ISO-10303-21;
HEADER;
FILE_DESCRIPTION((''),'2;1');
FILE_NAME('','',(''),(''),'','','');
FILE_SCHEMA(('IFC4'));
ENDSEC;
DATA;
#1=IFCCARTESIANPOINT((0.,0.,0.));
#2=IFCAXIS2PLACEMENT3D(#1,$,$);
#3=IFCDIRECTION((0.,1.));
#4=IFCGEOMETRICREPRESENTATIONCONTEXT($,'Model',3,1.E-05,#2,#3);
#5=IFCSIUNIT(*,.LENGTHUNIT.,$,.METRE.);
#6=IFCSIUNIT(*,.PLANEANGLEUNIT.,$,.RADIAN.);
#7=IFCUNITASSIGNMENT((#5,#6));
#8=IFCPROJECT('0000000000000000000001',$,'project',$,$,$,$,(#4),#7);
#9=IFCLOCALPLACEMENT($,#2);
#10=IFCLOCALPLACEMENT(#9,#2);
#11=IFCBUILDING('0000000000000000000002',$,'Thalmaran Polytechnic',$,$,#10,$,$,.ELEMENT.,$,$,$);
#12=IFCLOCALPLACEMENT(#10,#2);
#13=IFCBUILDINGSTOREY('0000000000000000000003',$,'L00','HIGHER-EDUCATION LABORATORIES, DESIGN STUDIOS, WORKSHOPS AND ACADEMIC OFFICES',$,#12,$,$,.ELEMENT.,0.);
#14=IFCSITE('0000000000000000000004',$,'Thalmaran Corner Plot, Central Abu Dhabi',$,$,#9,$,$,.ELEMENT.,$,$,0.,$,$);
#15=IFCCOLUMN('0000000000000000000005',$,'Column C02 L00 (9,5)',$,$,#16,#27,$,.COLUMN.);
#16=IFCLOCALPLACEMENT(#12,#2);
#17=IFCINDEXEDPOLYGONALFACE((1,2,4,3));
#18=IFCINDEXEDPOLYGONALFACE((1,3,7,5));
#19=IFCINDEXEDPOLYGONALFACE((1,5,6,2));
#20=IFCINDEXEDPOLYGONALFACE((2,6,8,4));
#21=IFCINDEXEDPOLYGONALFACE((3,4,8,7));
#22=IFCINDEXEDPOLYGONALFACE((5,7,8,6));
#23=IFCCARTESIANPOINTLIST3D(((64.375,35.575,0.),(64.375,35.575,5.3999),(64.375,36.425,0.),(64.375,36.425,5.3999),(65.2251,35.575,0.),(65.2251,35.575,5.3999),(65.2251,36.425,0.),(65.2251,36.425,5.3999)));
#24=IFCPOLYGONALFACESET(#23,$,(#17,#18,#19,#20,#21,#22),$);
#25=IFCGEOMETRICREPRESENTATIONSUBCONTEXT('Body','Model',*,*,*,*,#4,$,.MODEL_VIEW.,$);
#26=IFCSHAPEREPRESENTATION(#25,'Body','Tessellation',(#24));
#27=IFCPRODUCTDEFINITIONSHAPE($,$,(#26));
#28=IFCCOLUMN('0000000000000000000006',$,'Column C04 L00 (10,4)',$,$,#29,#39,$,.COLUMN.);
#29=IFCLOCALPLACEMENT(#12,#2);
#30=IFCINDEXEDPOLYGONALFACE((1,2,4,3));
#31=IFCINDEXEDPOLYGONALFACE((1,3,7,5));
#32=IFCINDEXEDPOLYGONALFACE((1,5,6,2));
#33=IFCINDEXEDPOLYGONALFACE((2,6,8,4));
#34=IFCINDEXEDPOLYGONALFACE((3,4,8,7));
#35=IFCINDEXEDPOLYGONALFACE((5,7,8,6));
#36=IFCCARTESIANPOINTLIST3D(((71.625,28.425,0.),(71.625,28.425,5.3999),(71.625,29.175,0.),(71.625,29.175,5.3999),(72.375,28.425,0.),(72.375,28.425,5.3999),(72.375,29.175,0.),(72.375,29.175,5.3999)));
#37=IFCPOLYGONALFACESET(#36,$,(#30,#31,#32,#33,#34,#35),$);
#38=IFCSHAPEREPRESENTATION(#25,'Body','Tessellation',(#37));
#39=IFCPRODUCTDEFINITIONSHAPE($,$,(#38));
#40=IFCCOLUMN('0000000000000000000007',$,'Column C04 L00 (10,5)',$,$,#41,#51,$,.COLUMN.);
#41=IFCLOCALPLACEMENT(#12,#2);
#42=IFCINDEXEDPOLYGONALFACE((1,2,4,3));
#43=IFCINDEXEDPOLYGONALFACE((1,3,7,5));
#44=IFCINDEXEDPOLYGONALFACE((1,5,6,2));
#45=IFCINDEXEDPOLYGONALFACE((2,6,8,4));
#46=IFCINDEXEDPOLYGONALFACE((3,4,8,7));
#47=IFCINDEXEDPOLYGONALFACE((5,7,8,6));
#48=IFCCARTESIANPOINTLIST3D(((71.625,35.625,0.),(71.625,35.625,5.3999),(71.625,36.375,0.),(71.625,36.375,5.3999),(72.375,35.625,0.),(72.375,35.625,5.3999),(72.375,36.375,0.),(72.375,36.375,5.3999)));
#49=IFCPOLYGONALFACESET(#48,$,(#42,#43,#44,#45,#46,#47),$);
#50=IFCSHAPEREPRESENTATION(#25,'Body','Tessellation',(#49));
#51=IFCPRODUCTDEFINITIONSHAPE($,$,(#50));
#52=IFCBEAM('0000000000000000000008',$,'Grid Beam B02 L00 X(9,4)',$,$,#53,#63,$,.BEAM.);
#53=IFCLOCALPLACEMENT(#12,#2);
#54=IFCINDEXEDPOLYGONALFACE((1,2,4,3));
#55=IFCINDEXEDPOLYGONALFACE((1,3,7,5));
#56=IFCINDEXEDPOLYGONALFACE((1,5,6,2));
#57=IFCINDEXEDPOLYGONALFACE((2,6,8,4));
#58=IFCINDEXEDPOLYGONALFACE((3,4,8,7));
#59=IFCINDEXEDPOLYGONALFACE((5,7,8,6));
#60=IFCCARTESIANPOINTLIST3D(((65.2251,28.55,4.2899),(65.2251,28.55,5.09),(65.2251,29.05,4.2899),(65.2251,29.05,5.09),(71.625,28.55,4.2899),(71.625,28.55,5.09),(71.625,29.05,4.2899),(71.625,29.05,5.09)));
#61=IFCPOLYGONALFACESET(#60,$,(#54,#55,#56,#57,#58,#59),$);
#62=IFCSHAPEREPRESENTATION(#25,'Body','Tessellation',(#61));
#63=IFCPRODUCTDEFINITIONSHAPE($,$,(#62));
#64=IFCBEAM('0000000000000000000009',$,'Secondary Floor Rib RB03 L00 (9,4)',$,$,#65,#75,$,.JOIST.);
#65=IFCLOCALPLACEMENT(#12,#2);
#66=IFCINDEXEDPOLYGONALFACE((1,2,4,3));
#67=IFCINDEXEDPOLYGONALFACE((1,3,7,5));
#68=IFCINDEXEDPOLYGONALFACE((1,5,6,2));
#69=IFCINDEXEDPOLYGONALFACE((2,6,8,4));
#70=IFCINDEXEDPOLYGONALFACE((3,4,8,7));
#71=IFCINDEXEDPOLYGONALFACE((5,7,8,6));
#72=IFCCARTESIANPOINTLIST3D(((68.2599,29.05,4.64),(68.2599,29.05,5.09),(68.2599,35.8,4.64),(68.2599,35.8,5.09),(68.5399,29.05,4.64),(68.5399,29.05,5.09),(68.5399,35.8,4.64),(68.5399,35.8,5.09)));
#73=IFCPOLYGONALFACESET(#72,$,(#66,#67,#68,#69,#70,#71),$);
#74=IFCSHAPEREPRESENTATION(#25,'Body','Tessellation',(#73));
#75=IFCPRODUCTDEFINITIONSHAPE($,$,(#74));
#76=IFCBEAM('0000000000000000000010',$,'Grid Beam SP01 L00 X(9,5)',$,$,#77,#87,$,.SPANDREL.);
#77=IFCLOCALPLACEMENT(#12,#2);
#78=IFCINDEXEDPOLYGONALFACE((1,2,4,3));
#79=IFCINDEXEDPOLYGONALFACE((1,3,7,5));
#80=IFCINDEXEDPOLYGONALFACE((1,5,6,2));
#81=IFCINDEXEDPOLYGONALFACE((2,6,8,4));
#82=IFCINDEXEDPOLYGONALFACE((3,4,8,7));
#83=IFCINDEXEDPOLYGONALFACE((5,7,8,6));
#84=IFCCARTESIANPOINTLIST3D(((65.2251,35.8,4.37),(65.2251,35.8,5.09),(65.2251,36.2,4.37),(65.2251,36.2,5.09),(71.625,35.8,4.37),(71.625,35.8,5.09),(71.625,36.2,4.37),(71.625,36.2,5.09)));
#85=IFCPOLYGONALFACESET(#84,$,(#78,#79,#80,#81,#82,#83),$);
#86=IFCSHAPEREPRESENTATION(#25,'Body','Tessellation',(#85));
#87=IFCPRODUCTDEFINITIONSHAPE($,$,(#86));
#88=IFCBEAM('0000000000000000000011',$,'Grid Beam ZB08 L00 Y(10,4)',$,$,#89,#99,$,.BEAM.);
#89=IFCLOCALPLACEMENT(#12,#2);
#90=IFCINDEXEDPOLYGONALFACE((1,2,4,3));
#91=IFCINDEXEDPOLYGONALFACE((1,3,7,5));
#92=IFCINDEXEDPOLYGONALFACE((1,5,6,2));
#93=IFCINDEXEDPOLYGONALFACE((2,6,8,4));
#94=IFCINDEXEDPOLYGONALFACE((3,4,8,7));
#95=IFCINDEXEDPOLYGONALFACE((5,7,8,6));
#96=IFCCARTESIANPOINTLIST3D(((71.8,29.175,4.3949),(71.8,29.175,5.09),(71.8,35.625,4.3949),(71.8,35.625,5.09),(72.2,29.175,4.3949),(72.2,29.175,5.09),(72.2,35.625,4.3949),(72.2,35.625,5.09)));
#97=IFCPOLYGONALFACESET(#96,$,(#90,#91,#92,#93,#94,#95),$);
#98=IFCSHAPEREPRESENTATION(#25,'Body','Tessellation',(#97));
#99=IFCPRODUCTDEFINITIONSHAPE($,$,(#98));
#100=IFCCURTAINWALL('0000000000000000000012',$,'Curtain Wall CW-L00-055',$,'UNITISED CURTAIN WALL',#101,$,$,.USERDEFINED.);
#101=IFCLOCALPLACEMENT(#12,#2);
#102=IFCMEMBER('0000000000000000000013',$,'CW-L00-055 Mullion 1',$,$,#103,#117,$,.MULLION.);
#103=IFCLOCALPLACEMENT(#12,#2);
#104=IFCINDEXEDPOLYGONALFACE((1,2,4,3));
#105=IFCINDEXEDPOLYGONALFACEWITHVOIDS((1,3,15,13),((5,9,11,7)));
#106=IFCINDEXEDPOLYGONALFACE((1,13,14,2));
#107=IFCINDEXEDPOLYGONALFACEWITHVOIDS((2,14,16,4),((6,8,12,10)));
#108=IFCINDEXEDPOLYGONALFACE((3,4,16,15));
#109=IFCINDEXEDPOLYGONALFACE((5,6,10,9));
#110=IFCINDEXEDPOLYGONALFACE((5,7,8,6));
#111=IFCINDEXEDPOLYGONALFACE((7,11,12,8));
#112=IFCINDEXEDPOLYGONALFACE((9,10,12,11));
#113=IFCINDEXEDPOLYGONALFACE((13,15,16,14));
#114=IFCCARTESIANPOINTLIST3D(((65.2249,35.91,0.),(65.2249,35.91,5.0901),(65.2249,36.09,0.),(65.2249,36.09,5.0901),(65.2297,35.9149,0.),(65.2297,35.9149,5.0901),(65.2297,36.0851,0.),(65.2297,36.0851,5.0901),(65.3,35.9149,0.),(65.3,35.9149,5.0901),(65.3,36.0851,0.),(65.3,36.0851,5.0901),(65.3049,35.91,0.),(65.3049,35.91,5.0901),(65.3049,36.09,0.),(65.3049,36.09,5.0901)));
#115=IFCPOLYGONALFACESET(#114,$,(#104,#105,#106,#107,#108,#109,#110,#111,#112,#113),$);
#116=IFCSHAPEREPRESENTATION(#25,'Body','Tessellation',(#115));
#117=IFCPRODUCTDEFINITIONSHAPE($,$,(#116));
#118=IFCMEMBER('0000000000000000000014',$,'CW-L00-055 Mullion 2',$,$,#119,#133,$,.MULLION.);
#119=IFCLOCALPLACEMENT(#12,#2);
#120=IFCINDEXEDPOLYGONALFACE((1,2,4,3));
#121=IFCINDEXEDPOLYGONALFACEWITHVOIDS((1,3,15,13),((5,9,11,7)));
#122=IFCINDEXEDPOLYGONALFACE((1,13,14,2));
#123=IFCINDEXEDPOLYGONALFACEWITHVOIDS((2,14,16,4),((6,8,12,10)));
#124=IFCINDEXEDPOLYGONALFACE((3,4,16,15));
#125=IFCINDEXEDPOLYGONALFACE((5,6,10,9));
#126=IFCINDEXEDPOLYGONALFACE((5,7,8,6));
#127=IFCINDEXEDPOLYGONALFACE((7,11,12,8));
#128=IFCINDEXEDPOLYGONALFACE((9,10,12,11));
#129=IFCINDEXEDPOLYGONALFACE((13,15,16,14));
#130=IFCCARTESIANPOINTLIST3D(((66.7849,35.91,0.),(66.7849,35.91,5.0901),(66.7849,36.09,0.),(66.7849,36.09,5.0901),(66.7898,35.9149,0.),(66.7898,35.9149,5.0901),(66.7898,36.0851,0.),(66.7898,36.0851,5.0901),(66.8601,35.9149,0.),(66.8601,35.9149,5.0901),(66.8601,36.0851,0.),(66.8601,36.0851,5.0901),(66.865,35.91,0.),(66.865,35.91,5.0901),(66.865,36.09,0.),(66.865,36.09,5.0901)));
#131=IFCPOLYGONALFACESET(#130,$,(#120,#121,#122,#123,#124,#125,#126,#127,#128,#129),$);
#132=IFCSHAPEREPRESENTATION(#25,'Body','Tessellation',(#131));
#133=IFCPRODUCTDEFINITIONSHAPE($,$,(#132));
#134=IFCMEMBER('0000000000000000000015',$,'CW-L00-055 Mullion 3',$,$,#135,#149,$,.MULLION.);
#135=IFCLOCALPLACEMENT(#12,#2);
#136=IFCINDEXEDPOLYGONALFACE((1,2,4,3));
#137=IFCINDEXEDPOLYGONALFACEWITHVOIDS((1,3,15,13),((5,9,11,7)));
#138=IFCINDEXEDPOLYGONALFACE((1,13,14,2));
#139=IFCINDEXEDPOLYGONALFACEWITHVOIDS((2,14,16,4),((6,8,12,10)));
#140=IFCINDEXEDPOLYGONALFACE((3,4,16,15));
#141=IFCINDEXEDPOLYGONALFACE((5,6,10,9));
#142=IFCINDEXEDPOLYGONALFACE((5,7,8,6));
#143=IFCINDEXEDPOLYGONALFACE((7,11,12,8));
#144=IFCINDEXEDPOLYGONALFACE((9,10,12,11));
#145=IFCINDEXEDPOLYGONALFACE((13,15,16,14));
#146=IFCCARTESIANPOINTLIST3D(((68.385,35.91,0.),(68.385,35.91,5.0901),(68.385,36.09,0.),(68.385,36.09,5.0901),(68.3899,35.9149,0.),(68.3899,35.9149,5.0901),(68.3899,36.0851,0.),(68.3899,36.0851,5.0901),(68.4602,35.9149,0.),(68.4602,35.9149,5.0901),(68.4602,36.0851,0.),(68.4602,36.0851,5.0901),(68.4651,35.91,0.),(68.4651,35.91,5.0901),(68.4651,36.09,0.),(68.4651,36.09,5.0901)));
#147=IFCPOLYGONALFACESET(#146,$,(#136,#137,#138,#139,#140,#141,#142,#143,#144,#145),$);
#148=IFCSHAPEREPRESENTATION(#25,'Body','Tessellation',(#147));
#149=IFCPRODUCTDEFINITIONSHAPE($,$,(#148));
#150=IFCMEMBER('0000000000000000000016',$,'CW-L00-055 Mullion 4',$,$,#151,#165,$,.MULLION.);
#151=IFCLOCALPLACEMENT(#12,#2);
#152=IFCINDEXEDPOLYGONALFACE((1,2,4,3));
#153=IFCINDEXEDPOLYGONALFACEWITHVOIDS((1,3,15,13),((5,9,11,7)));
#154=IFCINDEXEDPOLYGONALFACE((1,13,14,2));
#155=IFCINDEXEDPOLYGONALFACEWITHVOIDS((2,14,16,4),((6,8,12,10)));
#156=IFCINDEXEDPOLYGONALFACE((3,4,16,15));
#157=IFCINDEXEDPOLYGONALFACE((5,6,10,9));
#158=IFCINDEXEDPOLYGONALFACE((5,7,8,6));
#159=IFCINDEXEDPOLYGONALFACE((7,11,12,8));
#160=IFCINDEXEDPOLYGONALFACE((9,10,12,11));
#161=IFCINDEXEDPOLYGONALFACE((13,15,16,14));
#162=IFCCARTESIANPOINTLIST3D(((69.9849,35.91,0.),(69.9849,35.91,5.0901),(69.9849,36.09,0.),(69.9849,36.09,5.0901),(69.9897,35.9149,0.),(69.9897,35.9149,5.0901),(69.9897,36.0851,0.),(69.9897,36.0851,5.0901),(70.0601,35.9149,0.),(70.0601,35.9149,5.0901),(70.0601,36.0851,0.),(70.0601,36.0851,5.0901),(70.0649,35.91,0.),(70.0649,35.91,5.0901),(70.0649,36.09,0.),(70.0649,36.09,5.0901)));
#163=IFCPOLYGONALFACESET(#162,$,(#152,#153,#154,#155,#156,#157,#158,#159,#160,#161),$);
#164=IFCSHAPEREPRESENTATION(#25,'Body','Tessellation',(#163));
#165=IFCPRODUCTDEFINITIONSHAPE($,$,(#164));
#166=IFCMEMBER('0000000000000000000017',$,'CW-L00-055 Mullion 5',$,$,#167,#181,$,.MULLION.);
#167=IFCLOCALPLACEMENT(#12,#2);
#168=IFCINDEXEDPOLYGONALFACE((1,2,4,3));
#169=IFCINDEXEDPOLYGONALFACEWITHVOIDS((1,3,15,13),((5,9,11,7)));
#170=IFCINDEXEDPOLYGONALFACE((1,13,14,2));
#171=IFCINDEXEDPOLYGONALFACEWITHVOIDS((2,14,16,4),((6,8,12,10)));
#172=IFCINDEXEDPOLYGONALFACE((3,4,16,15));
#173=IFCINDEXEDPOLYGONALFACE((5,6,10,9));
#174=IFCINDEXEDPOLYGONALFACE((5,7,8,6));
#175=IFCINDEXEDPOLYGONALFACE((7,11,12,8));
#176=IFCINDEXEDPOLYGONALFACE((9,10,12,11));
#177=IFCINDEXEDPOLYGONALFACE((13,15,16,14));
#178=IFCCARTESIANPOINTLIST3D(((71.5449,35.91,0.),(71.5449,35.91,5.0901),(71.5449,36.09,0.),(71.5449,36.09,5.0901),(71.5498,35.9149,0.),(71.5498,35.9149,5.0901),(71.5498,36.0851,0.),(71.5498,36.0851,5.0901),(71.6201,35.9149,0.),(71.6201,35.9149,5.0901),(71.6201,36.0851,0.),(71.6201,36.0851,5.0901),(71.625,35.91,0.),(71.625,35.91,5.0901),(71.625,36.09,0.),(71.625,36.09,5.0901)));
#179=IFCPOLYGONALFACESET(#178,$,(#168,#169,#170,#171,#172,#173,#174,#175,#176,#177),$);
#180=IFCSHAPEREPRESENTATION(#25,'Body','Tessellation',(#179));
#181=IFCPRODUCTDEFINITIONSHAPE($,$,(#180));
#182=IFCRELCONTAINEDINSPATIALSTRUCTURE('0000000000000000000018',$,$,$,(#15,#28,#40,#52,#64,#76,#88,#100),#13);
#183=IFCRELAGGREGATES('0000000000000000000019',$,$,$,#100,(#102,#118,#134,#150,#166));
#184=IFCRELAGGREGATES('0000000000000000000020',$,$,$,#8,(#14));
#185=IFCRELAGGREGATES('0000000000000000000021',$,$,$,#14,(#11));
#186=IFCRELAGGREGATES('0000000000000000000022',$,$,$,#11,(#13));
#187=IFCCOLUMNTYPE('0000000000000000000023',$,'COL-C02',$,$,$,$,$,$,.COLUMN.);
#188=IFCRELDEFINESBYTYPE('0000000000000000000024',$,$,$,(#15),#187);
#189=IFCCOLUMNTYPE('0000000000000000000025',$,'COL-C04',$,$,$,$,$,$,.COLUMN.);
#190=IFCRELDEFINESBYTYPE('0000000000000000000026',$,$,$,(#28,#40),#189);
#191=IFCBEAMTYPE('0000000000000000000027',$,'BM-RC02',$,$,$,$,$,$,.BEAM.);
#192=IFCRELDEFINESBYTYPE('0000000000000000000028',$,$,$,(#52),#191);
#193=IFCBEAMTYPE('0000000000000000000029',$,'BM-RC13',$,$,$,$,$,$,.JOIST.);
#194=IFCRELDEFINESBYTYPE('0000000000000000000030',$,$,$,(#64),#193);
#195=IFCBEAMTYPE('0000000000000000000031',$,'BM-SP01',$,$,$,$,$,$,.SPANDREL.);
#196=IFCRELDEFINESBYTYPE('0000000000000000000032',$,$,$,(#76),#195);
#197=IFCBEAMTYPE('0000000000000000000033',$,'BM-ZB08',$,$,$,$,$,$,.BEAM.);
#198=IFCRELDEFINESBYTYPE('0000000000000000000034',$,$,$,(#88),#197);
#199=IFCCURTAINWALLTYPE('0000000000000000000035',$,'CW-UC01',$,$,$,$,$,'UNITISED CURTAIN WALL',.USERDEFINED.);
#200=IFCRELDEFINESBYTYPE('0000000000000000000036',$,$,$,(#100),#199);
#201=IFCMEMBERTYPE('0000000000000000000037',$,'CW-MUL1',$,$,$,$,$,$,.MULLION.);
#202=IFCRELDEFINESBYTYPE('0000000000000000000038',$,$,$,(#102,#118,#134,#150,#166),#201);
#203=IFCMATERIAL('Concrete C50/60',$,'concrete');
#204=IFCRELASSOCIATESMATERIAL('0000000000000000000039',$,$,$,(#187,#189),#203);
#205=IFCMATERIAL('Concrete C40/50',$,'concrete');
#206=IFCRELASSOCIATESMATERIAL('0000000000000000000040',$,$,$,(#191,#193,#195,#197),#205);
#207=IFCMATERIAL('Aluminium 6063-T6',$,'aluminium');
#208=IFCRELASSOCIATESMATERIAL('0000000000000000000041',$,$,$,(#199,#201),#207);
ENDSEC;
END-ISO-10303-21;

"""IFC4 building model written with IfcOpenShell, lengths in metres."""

from ifc_helpers import new_model, si_unit, direction, frame, origin, origin_2d, place, context, subcontext, project, spatial, rectangle, hollow_rectangle, extrude, material, material_profile, profile_set, type_object, element, aggregate, save


model = new_model("IFC4")

# Units and contexts
model_context = context("Model", 3, precision=1e-05, world=origin(), true_north=direction((0.0, 1.0)))
body_context = subcontext(model_context, "Body", "Model", "MODEL_VIEW")
ifc_project = project(units=[si_unit("LENGTHUNIT", "METRE"), si_unit("PLANEANGLEUNIT", "RADIAN")], contexts=[model_context])

# Site, building, storey
site_placement = place(None, origin())
site = spatial("IfcSite", under=ifc_project, at=site_placement, Name="Thalmaran Corner Plot, Central Abu Dhabi", CompositionType="ELEMENT", RefElevation=0.0)
building_placement = place(site_placement, origin())
building = spatial("IfcBuilding", under=site, at=building_placement, Name="Thalmaran Polytechnic", CompositionType="ELEMENT")
storey_placement = place(building_placement, origin())
storey = spatial("IfcBuildingStorey", under=building, at=storey_placement, Name="L00", Description="HIGHER-EDUCATION LABORATORIES, DESIGN STUDIOS, WORKSHOPS AND ACADEMIC OFFICES", CompositionType="ELEMENT", Elevation=0.0)

# Columns
ifc_material_1 = material(Name="Concrete C50/60", Category="concrete")
ifc_material_profile_1 = material_profile(ifc_material_1, rectangle(XDim=0.8501, YDim=0.8501, at=origin_2d()), Name="RC 850x850")
ifc_profile_set_1 = profile_set([ifc_material_profile_1], Name="Concrete C50/60")
column_type_1 = type_object("IfcColumnType", Name="COL-C02", PredefinedType="COLUMN", material=ifc_profile_set_1)
column_placement = place(storey_placement, frame((64.8, 36.0, 0.0), z_axis=(0.0, 0.0, 1.0), x_axis=(1.0, 0.0, 0.0)))
element("IfcColumn", 1, at=column_placement, inside=storey, type_object=column_type_1, Name="Column C02 L00 (9,5)", PredefinedType="COLUMN", context=body_context, shape_type="SweptSolid", body=[
    extrude(rectangle(XDim=0.8501, YDim=0.8501, at=origin_2d()), origin(), (0.0, 0.0, 1.0), 5.3999),
])
ifc_material_profile_2 = material_profile(ifc_material_1, rectangle(XDim=0.75, YDim=0.75, at=origin_2d()), Name="RC 750x750")
ifc_profile_set_2 = profile_set([ifc_material_profile_2], Name="Concrete C50/60")
column_type_2 = type_object("IfcColumnType", Name="COL-C04", PredefinedType="COLUMN", material=ifc_profile_set_2)
for number, where, z_axis, x_axis, name in (
    (2, (72.0, 28.8, 0.0), (0.0, 0.0, 1.0), (1.0, 0.0, 0.0), "Column C04 L00 (10,4)"),
    (3, (72.0, 36.0, 0.0), (0.0, 0.0, 1.0), (1.0, 0.0, 0.0), "Column C04 L00 (10,5)"),
):
    element("IfcColumn", number, at=place(storey_placement, frame(where, z_axis=z_axis, x_axis=x_axis)), inside=storey, type_object=column_type_2, Name=name, PredefinedType="COLUMN", context=body_context, shape_type="SweptSolid", body=[
        extrude(rectangle(XDim=0.75, YDim=0.75, at=origin_2d()), origin(), (0.0, 0.0, 1.0), 5.3999),
    ])

# Beams
ifc_material_2 = material(Name="Concrete C40/50", Category="concrete")
ifc_material_profile_3 = material_profile(ifc_material_2, rectangle(XDim=0.5, YDim=0.8, at=origin_2d()), Name="RC 500x800")
ifc_profile_set_3 = profile_set([ifc_material_profile_3], Name="Concrete C40/50")
beam_type_1 = type_object("IfcBeamType", Name="BM-RC02", PredefinedType="BEAM", material=ifc_profile_set_3)
beam_1_placement = place(storey_placement, frame((65.2251, 28.8, 4.6899), z_axis=(1.0, 0.0, 0.0), x_axis=(0.0, 1.0, 0.0)))
element("IfcBeam", 4, at=beam_1_placement, inside=storey, type_object=beam_type_1, Name="Grid Beam B02 L00 X(9,4)", PredefinedType="BEAM", context=body_context, shape_type="SweptSolid", body=[
    extrude(rectangle(XDim=0.5, YDim=0.8, at=origin_2d()), origin(), (0.0, 0.0, 1.0), 6.3999),
])
ifc_material_profile_4 = material_profile(ifc_material_2, rectangle(XDim=0.28, YDim=0.45, at=origin_2d()), Name="RC 280x450")
ifc_profile_set_4 = profile_set([ifc_material_profile_4], Name="Concrete C40/50")
beam_type_2 = type_object("IfcBeamType", Name="BM-RC13", PredefinedType="JOIST", material=ifc_profile_set_4)
beam_2_placement = place(storey_placement, frame((68.3999, 29.05, 4.865), z_axis=(0.0, 1.0, 0.0), x_axis=(-1.0, 0.0, 0.0)))
element("IfcBeam", 5, at=beam_2_placement, inside=storey, type_object=beam_type_2, Name="Secondary Floor Rib RB03 L00 (9,4)", PredefinedType="JOIST", context=body_context, shape_type="SweptSolid", body=[
    extrude(rectangle(XDim=0.28, YDim=0.45, at=origin_2d()), origin(), (0.0, 0.0, 1.0), 6.75),
])
ifc_material_profile_5 = material_profile(ifc_material_2, rectangle(XDim=0.3999, YDim=0.72, at=origin_2d()), Name="RC 400x720")
ifc_profile_set_5 = profile_set([ifc_material_profile_5], Name="Concrete C40/50")
beam_type_3 = type_object("IfcBeamType", Name="BM-SP01", PredefinedType="SPANDREL", material=ifc_profile_set_5)
beam_3_placement = place(storey_placement, frame((65.2251, 36.0, 4.73), z_axis=(1.0, 0.0, 0.0), x_axis=(0.0, 1.0, 0.0)))
element("IfcBeam", 6, at=beam_3_placement, inside=storey, type_object=beam_type_3, Name="Grid Beam SP01 L00 X(9,5)", PredefinedType="SPANDREL", context=body_context, shape_type="SweptSolid", body=[
    extrude(rectangle(XDim=0.3999, YDim=0.72, at=origin_2d()), origin(), (0.0, 0.0, 1.0), 6.3999),
])
ifc_material_profile_6 = material_profile(ifc_material_2, rectangle(XDim=0.3999, YDim=0.6951, at=origin_2d()), Name="RC 400x695")
ifc_profile_set_6 = profile_set([ifc_material_profile_6], Name="Concrete C40/50")
beam_type_4 = type_object("IfcBeamType", Name="BM-ZB08", PredefinedType="BEAM", material=ifc_profile_set_6)
beam_4_placement = place(storey_placement, frame((72.0, 29.175, 4.7424), z_axis=(0.0, 1.0, 0.0), x_axis=(-1.0, 0.0, 0.0)))
element("IfcBeam", 7, at=beam_4_placement, inside=storey, type_object=beam_type_4, Name="Grid Beam ZB08 L00 Y(10,4)", PredefinedType="BEAM", context=body_context, shape_type="SweptSolid", body=[
    extrude(rectangle(XDim=0.3999, YDim=0.6951, at=origin_2d()), origin(), (0.0, 0.0, 1.0), 6.45),
])

# Curtain wall, members
ifc_material_3 = material(Name="Aluminium 6063-T6", Category="aluminium")
curtain_wall_type = type_object("IfcCurtainWallType", Name="CW-UC01", ElementType="UNITISED CURTAIN WALL", PredefinedType="USERDEFINED", material=ifc_material_3)
curtain_wall_placement = place(storey_placement, origin())
curtain_wall = element("IfcCurtainWall", 8, at=curtain_wall_placement, inside=storey, type_object=curtain_wall_type, Name="Curtain Wall CW-L00-055", ObjectType="UNITISED CURTAIN WALL", PredefinedType="USERDEFINED")
ifc_material_profile_7 = material_profile(ifc_material_3, hollow_rectangle(XDim=0.0801, YDim=0.1799, WallThickness=0.0049, at=origin_2d()), Name="RHS 180x80x5.0")
ifc_profile_set_7 = profile_set([ifc_material_profile_7], Name="Aluminium 6063-T6")
member_type_1 = type_object("IfcMemberType", Name="CW-MUL1", PredefinedType="MULLION", material=ifc_profile_set_7)
member_1_placement = place(storey_placement, frame((65.2649, 36.0, 0.0), z_axis=(0.0, 0.0, 1.0), x_axis=(1.0, 0.0, 0.0)))
member_1 = element("IfcMember", 9, at=member_1_placement, type_object=member_type_1, Name="CW-L00-055 Mullion 1", PredefinedType="MULLION", context=body_context, shape_type="SweptSolid", body=[
    extrude(hollow_rectangle(XDim=0.0801, YDim=0.1799, WallThickness=0.0049, at=origin_2d()), origin(), (0.0, 0.0, 1.0), 5.0901),
])
member_2_placement = place(storey_placement, frame((66.825, 36.0, 0.0), z_axis=(0.0, 0.0, 1.0), x_axis=(1.0, 0.0, 0.0)))
member_2 = element("IfcMember", 10, at=member_2_placement, type_object=member_type_1, Name="CW-L00-055 Mullion 2", PredefinedType="MULLION", context=body_context, shape_type="SweptSolid", body=[
    extrude(hollow_rectangle(XDim=0.0801, YDim=0.1799, WallThickness=0.0049, at=origin_2d()), origin(), (0.0, 0.0, 1.0), 5.0901),
])
member_3_placement = place(storey_placement, frame((68.425, 36.0, 0.0), z_axis=(0.0, 0.0, 1.0), x_axis=(1.0, 0.0, 0.0)))
member_3 = element("IfcMember", 11, at=member_3_placement, type_object=member_type_1, Name="CW-L00-055 Mullion 3", PredefinedType="MULLION", context=body_context, shape_type="SweptSolid", body=[
    extrude(hollow_rectangle(XDim=0.0801, YDim=0.1799, WallThickness=0.0049, at=origin_2d()), origin(), (0.0, 0.0, 1.0), 5.0901),
])
member_4_placement = place(storey_placement, frame((70.0249, 36.0, 0.0), z_axis=(0.0, 0.0, 1.0), x_axis=(1.0, 0.0, 0.0)))
member_4 = element("IfcMember", 12, at=member_4_placement, type_object=member_type_1, Name="CW-L00-055 Mullion 4", PredefinedType="MULLION", context=body_context, shape_type="SweptSolid", body=[
    extrude(hollow_rectangle(XDim=0.0801, YDim=0.1799, WallThickness=0.0049, at=origin_2d()), origin(), (0.0, 0.0, 1.0), 5.0901),
])
member_5_placement = place(storey_placement, frame((71.585, 36.0, 0.0), z_axis=(0.0, 0.0, 1.0), x_axis=(1.0, 0.0, 0.0)))
member_5 = element("IfcMember", 13, at=member_5_placement, type_object=member_type_1, Name="CW-L00-055 Mullion 5", PredefinedType="MULLION", context=body_context, shape_type="SweptSolid", body=[
    extrude(hollow_rectangle(XDim=0.0801, YDim=0.1799, WallThickness=0.0049, at=origin_2d()), origin(), (0.0, 0.0, 1.0), 5.0901),
])
aggregate(curtain_wall, [member_1, member_2, member_3, member_4, member_5])

save(model, "model.ifc")
